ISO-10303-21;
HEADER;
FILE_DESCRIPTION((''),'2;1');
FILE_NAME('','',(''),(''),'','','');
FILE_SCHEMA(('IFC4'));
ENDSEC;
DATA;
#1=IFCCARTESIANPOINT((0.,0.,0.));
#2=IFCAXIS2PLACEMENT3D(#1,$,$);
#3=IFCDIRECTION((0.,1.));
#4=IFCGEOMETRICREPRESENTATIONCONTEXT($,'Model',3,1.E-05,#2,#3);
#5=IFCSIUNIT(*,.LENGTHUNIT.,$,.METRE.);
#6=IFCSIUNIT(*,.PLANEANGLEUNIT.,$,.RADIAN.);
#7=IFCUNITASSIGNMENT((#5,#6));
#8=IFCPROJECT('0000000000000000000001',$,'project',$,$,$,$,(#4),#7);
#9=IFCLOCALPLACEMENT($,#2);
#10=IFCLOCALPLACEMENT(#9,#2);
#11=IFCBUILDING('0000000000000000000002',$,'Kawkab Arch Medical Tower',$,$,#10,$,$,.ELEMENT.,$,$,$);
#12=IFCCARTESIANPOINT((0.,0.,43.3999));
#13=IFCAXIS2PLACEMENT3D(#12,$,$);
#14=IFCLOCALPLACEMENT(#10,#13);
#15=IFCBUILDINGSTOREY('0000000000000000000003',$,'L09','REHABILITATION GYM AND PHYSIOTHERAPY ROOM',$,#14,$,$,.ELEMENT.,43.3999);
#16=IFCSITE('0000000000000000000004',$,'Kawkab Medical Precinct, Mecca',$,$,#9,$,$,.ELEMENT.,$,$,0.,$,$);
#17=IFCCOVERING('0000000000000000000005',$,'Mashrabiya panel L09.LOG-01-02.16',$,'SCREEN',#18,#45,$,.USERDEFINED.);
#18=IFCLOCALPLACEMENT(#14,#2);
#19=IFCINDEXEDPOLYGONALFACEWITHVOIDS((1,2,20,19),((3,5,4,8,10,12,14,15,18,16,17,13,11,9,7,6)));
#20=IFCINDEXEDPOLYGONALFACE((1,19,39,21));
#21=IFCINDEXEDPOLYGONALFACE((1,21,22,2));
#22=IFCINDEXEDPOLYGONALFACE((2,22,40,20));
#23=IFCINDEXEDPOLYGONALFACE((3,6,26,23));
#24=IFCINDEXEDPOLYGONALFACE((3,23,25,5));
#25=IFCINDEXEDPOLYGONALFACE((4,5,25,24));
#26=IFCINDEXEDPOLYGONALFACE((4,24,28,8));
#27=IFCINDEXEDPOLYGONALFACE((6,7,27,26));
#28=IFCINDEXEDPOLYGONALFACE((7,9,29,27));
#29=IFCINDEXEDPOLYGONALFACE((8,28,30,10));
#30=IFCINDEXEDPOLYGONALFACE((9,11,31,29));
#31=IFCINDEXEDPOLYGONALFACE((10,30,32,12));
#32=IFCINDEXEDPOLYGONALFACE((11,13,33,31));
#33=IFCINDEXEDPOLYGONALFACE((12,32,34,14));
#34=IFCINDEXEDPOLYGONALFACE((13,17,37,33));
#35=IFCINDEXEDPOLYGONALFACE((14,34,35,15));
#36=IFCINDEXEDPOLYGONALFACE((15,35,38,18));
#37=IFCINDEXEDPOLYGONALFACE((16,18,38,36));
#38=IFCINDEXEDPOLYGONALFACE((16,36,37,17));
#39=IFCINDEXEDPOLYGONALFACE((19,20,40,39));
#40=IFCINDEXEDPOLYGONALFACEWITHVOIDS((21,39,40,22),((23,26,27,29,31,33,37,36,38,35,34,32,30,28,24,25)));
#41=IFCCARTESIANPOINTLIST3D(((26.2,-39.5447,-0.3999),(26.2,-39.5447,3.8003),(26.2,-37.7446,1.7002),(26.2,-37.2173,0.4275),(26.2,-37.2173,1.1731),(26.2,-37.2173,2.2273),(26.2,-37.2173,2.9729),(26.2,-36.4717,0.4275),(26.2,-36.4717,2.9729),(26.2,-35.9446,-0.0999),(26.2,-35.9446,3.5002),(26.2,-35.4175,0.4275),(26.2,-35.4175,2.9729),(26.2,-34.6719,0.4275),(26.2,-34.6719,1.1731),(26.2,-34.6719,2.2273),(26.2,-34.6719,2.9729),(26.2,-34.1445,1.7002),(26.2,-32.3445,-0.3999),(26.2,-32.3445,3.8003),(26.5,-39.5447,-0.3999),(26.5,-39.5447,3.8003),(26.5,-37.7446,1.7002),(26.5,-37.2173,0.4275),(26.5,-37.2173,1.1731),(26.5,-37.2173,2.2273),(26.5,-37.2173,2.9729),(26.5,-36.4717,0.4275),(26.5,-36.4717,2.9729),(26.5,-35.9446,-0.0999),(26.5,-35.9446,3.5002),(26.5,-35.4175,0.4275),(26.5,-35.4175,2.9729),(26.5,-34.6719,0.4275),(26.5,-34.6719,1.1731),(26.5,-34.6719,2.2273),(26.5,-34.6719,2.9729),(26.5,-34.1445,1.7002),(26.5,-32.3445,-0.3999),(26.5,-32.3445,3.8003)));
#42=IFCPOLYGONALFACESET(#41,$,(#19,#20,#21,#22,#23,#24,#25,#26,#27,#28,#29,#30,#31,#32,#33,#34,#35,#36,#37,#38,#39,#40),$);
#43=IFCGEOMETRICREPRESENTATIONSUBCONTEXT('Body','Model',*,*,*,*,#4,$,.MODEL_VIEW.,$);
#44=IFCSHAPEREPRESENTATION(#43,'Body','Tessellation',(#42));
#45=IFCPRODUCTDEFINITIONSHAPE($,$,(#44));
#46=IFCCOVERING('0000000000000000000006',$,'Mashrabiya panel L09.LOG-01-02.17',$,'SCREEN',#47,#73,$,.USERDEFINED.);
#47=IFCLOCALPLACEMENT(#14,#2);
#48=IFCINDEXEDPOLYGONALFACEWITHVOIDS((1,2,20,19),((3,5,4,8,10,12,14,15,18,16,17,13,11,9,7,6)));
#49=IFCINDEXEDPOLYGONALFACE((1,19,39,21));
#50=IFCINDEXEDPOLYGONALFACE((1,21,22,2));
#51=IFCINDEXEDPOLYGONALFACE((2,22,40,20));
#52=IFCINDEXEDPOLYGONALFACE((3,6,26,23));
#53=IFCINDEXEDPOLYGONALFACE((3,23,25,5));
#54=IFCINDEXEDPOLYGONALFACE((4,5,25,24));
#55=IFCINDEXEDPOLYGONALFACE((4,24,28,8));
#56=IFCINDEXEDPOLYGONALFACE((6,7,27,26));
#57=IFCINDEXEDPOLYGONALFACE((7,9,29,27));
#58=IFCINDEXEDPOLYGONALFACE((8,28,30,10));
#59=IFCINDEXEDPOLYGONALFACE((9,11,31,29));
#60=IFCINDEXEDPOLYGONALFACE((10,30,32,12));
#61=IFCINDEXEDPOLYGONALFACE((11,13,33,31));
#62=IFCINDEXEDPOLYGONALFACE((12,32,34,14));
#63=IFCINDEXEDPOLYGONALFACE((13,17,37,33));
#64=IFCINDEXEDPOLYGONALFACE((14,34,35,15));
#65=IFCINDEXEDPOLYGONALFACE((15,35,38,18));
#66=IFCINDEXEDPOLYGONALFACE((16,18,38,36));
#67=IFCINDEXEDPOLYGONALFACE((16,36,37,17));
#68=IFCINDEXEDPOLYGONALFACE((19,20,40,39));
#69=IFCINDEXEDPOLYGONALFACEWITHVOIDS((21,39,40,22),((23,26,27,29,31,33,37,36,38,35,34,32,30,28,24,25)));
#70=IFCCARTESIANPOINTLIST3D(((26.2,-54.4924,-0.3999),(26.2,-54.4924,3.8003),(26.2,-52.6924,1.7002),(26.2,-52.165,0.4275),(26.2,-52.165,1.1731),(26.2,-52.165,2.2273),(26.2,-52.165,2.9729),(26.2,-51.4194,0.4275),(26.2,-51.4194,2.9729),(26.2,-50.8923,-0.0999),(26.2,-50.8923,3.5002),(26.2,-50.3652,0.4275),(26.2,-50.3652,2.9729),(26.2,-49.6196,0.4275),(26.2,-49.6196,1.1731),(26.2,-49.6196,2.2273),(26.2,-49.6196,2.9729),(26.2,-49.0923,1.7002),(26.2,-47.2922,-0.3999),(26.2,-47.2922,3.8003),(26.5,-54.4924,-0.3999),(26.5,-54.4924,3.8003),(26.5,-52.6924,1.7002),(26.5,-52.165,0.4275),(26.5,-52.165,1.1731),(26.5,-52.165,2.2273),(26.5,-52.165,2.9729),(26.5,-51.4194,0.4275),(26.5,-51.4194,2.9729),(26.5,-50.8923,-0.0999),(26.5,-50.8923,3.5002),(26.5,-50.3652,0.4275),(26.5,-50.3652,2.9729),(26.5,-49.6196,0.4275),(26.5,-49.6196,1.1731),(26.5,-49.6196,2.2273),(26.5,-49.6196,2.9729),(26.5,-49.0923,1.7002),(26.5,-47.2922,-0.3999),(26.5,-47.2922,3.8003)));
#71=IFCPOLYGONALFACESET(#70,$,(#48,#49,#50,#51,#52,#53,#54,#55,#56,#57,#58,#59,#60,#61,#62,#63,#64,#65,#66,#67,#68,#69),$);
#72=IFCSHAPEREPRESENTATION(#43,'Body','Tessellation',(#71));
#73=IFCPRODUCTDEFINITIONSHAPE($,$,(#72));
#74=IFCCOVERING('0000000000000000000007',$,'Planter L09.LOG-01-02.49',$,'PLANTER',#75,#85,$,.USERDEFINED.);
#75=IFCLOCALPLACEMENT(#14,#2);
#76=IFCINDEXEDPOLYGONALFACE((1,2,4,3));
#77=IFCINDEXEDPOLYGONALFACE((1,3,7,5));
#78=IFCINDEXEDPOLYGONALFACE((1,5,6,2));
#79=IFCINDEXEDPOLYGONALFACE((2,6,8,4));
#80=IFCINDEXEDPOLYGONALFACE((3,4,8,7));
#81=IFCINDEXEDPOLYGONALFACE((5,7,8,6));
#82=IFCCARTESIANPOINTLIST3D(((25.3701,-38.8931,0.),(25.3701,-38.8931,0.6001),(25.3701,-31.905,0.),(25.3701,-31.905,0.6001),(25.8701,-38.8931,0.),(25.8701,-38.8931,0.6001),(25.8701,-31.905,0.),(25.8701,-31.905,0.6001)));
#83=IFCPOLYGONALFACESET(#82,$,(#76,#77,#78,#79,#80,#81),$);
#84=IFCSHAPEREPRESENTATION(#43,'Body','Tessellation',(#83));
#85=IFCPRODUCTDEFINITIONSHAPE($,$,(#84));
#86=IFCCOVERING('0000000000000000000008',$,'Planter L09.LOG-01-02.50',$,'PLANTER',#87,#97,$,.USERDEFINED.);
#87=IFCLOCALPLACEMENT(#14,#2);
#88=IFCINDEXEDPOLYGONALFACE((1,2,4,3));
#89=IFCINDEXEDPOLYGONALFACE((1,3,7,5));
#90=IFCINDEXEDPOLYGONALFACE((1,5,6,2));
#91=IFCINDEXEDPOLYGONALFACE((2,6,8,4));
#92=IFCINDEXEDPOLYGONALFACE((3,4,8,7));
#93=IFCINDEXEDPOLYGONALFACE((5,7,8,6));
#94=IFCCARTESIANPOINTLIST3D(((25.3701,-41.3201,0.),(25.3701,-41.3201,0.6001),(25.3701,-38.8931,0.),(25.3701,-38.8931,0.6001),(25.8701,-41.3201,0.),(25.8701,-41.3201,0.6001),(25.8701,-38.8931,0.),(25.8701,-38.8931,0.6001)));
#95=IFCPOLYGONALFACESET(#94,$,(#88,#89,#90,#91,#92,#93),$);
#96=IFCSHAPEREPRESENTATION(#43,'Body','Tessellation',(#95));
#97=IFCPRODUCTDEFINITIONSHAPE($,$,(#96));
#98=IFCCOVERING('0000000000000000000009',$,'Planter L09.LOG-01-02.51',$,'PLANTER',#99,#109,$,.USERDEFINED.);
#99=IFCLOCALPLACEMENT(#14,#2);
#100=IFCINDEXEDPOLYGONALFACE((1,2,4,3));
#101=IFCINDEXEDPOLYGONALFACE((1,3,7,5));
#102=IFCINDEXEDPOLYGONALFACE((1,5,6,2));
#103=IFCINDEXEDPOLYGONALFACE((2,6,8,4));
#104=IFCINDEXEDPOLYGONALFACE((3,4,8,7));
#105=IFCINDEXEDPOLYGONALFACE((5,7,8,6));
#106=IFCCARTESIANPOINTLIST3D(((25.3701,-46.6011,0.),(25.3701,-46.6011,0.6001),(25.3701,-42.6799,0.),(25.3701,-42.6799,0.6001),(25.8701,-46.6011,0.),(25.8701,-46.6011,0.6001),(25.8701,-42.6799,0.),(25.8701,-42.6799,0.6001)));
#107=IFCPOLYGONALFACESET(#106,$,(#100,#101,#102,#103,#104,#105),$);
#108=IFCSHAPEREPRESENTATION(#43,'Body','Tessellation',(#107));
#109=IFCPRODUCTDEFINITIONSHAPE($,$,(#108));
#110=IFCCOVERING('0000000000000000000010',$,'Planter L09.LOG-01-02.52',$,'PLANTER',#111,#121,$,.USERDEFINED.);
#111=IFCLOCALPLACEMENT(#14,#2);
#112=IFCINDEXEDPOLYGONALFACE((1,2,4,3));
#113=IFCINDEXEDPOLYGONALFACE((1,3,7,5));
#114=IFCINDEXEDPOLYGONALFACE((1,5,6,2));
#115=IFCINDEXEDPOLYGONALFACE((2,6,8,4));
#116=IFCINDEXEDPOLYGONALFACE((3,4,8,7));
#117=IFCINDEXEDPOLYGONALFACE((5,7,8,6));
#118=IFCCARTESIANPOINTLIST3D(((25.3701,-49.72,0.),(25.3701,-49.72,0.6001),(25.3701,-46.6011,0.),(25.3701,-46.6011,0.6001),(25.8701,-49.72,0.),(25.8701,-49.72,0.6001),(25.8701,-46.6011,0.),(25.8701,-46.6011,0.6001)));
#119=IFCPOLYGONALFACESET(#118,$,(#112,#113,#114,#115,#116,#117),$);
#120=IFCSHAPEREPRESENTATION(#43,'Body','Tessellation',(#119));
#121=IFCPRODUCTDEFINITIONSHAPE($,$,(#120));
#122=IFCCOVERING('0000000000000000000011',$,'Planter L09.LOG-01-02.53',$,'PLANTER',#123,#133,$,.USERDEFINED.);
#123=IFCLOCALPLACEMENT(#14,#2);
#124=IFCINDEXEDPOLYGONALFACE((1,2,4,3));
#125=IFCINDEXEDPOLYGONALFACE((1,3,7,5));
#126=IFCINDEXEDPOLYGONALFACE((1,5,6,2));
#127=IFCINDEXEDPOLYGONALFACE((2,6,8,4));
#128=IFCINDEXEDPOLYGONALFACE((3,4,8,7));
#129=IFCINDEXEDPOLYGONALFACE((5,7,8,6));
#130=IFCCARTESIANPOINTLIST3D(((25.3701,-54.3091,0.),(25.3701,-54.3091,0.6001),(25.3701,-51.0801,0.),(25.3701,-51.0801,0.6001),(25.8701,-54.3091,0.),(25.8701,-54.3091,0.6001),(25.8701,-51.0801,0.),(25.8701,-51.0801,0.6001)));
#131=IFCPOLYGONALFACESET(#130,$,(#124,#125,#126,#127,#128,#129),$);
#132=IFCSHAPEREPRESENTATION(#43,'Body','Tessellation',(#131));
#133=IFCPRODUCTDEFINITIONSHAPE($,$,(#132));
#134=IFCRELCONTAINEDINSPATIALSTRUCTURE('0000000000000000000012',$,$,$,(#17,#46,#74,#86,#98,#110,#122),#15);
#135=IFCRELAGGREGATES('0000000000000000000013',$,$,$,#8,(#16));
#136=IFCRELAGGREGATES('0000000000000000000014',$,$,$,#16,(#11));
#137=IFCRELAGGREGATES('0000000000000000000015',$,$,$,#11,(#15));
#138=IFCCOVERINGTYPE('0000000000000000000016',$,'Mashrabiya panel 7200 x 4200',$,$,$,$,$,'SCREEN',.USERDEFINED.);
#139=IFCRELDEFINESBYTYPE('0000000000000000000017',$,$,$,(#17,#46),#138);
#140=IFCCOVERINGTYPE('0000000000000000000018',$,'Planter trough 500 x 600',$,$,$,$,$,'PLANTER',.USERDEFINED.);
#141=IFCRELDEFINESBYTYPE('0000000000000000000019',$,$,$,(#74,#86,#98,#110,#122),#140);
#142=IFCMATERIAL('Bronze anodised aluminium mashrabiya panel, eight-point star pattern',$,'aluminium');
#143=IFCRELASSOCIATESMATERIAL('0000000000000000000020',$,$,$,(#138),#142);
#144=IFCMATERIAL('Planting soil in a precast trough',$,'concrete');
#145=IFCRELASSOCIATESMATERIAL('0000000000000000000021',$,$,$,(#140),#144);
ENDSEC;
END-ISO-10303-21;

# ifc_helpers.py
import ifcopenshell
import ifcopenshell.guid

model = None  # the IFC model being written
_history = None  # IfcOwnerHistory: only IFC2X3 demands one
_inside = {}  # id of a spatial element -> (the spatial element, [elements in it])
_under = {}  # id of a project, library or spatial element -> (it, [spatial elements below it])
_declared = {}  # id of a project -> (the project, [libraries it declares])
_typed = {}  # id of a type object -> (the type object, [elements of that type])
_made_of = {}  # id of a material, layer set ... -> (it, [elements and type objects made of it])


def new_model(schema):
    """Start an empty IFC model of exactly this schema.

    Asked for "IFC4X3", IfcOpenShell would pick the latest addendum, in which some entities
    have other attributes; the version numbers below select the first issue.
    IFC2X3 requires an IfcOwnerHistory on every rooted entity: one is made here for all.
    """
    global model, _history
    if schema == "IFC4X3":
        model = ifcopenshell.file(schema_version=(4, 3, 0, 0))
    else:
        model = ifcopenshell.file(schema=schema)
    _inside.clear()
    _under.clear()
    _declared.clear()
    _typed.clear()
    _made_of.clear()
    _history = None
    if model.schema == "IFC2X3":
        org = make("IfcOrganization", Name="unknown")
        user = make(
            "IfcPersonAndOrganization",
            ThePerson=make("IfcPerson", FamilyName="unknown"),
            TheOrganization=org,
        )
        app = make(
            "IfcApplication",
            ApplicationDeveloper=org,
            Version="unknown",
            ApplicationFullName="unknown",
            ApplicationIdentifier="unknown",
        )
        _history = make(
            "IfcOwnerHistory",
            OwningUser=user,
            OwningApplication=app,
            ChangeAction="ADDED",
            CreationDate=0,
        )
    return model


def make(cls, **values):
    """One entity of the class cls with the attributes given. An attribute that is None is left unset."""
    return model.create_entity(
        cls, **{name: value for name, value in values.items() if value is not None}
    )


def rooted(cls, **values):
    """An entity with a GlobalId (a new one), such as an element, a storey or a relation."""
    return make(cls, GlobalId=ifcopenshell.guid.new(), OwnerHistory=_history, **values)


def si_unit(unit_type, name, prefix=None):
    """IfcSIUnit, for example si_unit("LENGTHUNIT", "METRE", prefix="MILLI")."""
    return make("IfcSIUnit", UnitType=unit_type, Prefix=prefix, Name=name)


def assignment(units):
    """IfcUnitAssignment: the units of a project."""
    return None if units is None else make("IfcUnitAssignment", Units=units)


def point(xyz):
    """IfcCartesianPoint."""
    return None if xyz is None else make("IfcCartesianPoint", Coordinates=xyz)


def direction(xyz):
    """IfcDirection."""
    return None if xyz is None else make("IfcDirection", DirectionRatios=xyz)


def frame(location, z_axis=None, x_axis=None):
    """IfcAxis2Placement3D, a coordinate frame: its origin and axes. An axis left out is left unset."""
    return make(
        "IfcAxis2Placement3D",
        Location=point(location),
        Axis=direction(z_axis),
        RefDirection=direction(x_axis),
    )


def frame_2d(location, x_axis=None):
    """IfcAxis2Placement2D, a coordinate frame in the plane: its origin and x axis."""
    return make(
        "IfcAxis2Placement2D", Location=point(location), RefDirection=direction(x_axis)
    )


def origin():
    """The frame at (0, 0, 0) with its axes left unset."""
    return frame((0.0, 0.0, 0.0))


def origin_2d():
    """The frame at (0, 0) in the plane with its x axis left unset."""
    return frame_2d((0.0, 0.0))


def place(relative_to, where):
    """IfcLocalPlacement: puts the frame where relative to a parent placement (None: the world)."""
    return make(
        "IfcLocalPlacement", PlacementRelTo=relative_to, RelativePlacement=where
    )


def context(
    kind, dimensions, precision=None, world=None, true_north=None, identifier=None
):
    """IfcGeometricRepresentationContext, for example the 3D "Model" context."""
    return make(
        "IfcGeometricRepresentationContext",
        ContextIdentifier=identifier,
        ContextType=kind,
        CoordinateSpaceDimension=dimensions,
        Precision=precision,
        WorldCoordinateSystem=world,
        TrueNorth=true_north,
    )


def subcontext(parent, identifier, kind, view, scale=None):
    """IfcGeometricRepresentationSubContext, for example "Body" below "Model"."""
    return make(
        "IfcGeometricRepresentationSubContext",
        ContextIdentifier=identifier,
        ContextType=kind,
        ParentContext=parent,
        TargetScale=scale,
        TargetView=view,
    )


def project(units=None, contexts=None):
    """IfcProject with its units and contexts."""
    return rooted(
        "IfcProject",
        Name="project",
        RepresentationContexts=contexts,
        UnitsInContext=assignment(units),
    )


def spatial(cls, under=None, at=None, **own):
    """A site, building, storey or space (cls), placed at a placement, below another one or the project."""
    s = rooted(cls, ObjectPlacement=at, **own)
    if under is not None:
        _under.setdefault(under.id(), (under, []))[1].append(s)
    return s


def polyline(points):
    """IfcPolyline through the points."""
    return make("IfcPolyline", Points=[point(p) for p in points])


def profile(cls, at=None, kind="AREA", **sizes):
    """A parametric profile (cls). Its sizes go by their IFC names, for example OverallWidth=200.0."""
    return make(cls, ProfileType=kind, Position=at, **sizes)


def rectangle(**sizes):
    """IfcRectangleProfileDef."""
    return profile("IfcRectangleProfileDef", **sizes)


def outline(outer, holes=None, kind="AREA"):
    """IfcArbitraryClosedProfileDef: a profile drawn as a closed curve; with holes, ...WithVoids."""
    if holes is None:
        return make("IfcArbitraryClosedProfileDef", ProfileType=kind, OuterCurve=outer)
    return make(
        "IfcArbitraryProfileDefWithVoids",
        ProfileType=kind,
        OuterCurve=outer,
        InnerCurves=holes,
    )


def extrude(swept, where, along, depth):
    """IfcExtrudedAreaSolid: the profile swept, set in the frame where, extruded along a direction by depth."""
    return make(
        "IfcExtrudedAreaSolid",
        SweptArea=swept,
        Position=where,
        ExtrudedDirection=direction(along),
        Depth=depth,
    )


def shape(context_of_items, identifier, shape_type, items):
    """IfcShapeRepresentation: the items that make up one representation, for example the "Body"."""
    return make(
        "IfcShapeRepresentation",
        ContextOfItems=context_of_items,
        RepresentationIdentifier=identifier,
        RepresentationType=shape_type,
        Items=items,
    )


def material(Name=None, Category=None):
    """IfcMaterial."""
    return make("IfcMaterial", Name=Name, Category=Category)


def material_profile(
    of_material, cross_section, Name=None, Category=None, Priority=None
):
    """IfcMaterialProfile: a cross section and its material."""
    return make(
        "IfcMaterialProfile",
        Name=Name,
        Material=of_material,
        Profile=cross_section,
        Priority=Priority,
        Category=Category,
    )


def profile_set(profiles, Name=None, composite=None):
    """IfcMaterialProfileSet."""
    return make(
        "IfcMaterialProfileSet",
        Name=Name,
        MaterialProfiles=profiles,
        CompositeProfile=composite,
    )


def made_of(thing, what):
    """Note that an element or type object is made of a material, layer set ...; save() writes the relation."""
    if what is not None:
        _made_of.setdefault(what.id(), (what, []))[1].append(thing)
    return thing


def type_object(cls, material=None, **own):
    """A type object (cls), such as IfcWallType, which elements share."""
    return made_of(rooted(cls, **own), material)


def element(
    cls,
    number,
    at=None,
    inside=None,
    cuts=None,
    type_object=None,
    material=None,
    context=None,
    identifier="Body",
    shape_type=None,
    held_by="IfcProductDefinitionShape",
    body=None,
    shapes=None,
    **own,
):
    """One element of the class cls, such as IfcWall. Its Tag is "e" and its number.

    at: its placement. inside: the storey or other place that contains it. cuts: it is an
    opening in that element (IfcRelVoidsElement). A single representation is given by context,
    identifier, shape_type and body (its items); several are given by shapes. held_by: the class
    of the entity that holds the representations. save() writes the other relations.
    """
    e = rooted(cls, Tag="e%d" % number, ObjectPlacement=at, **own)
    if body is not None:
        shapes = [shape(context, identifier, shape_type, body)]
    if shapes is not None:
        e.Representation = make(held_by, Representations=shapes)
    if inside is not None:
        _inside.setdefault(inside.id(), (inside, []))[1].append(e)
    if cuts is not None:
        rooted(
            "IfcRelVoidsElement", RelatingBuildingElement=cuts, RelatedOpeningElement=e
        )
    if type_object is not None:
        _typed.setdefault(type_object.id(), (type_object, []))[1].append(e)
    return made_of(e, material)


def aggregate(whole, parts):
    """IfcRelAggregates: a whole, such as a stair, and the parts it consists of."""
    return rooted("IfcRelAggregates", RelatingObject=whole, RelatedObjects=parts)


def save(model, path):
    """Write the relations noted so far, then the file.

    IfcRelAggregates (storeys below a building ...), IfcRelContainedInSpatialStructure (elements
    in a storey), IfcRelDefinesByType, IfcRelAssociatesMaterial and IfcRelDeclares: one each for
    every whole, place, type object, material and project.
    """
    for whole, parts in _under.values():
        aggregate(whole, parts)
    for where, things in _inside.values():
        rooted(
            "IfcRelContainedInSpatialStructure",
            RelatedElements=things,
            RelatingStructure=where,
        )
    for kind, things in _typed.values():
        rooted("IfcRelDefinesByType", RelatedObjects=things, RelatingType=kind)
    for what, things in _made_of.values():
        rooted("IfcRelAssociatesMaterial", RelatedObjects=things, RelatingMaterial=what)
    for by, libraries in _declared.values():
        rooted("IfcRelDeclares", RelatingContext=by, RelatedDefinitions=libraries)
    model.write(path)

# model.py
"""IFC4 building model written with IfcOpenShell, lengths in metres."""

from ifc_helpers import new_model, si_unit, direction, frame, origin, origin_2d, place, context, subcontext, project, spatial, polyline, rectangle, outline, extrude, material, material_profile, profile_set, type_object, element, save


model = new_model("IFC4")

# Units and contexts
model_context = context("Model", 3, precision=1e-05, world=origin(), true_north=direction((0.0, 1.0)))
body_context = subcontext(model_context, "Body", "Model", "MODEL_VIEW")
ifc_project = project(units=[si_unit("LENGTHUNIT", "METRE"), si_unit("PLANEANGLEUNIT", "RADIAN")], contexts=[model_context])

# Site, building, storey
site_placement = place(None, origin())
site = spatial("IfcSite", under=ifc_project, at=site_placement, Name="Kawkab Medical Precinct, Mecca", CompositionType="ELEMENT", RefElevation=0.0)
building_placement = place(site_placement, origin())
building = spatial("IfcBuilding", under=site, at=building_placement, Name="Kawkab Arch Medical Tower", CompositionType="ELEMENT")
storey_placement = place(building_placement, frame((0.0, 0.0, 43.3999)))
storey = spatial("IfcBuildingStorey", under=building, at=storey_placement, Name="L09", Description="REHABILITATION GYM AND PHYSIOTHERAPY ROOM", CompositionType="ELEMENT", Elevation=43.3999)

# Coverings
ifc_material_1 = material(Name="Bronze anodised aluminium mashrabiya panel, eight-point star pattern", Category="aluminium")
ifc_material_profile_1 = material_profile(ifc_material_1, outline(polyline([(-3.6001, -2.1001), (3.6001, -2.1001), (3.6001, 2.1001), (-3.6001, 2.1001), (-3.6001, -2.1001)]), holes=[polyline([(1.8, 0.0), (1.2727, 0.5271), (1.2727, 1.2727), (0.5271, 1.2727), (0.0, 1.8), (-0.5271, 1.2727), (-1.2727, 1.2727), (-1.2727, 0.5271), (-1.8, 0.0), (-1.2727, -0.5271), (-1.2727, -1.2727), (-0.5271, -1.2727), (0.0, -1.8), (0.5271, -1.2727), (1.2727, -1.2727), (1.2727, -0.5271), (1.8, 0.0)])]), Name="Mashrabiya panel 7200x4200")
ifc_profile_set_1 = profile_set([ifc_material_profile_1], Name="Bronze anodised aluminium mashrabiya panel, eight-point star pattern")
covering_type_1 = type_object("IfcCoveringType", Name="Mashrabiya panel 7200 x 4200", ElementType="SCREEN", PredefinedType="USERDEFINED", material=ifc_profile_set_1)
for number, where, z_axis, x_axis, name in (
    (1, (26.2, -35.9446, 1.7002), (1.0, 0.0, 0.0), (0.0, 1.0, 0.0), "Mashrabiya panel L09.LOG-01-02.16"),
    (2, (26.2, -50.8923, 1.7002), (1.0, 0.0, 0.0), (0.0, 1.0, 0.0), "Mashrabiya panel L09.LOG-01-02.17"),
):
    element("IfcCovering", number, at=place(storey_placement, frame(where, z_axis=z_axis, x_axis=x_axis)), inside=storey, type_object=covering_type_1, Name=name, ObjectType="SCREEN", PredefinedType="USERDEFINED", context=body_context, shape_type="SweptSolid", body=[
        extrude(outline(polyline([(-3.6001, -2.1001), (3.6001, -2.1001), (3.6001, 2.1001), (-3.6001, 2.1001), (-3.6001, -2.1001)]), holes=[polyline([(1.8, 0.0), (1.2727, 0.5271), (1.2727, 1.2727), (0.5271, 1.2727), (0.0, 1.8), (-0.5271, 1.2727), (-1.2727, 1.2727), (-1.2727, 0.5271), (-1.8, 0.0), (-1.2727, -0.5271), (-1.2727, -1.2727), (-0.5271, -1.2727), (0.0, -1.8), (0.5271, -1.2727), (1.2727, -1.2727), (1.2727, -0.5271), (1.8, 0.0)])]), origin(), (0.0, 0.0, 1.0), 0.3),
    ])
ifc_material_2 = material(Name="Planting soil in a precast trough", Category="concrete")
ifc_material_profile_2 = material_profile(ifc_material_2, rectangle(XDim=0.5, YDim=0.6001, at=origin_2d()), Name="Trough 500x600")
ifc_profile_set_2 = profile_set([ifc_material_profile_2], Name="Planting soil in a precast trough")
covering_type_2 = type_object("IfcCoveringType", Name="Planter trough 500 x 600", ElementType="PLANTER", PredefinedType="USERDEFINED", material=ifc_profile_set_2)
covering_1_placement = place(storey_placement, frame((25.6201, -31.905, 0.3), z_axis=(0.0, -1.0, 0.0), x_axis=(1.0, 0.0, 0.0)))
element("IfcCovering", 3, at=covering_1_placement, inside=storey, type_object=covering_type_2, Name="Planter L09.LOG-01-02.49", ObjectType="PLANTER", PredefinedType="USERDEFINED", context=body_context, shape_type="SweptSolid", body=[
    extrude(rectangle(XDim=0.5, YDim=0.6001, at=origin_2d()), origin(), (0.0, 0.0, 1.0), 6.988),
])
covering_2_placement = place(storey_placement, frame((25.6201, -38.8931, 0.3), z_axis=(0.0, -1.0, 0.0), x_axis=(1.0, 0.0, 0.0)))
element("IfcCovering", 4, at=covering_2_placement, inside=storey, type_object=covering_type_2, Name="Planter L09.LOG-01-02.50", ObjectType="PLANTER", PredefinedType="USERDEFINED", context=body_context, shape_type="SweptSolid", body=[
    extrude(rectangle(XDim=0.5, YDim=0.6001, at=origin_2d()), origin(), (0.0, 0.0, 1.0), 2.427),
])
covering_3_placement = place(storey_placement, frame((25.6201, -42.6799, 0.3), z_axis=(0.0, -1.0, 0.0), x_axis=(1.0, 0.0, 0.0)))
element("IfcCovering", 5, at=covering_3_placement, inside=storey, type_object=covering_type_2, Name="Planter L09.LOG-01-02.51", ObjectType="PLANTER", PredefinedType="USERDEFINED", context=body_context, shape_type="SweptSolid", body=[
    extrude(rectangle(XDim=0.5, YDim=0.6001, at=origin_2d()), origin(), (0.0, 0.0, 1.0), 3.9211),
])
covering_4_placement = place(storey_placement, frame((25.6201, -46.6011, 0.3), z_axis=(0.0, -1.0, 0.0), x_axis=(1.0, 0.0, 0.0)))
element("IfcCovering", 6, at=covering_4_placement, inside=storey, type_object=covering_type_2, Name="Planter L09.LOG-01-02.52", ObjectType="PLANTER", PredefinedType="USERDEFINED", context=body_context, shape_type="SweptSolid", body=[
    extrude(rectangle(XDim=0.5, YDim=0.6001, at=origin_2d()), origin(), (0.0, 0.0, 1.0), 3.1189),
])
covering_5_placement = place(storey_placement, frame((25.6201, -51.0801, 0.3), z_axis=(0.0, -1.0, 0.0), x_axis=(1.0, 0.0, 0.0)))
element("IfcCovering", 7, at=covering_5_placement, inside=storey, type_object=covering_type_2, Name="Planter L09.LOG-01-02.53", ObjectType="PLANTER", PredefinedType="USERDEFINED", context=body_context, shape_type="SweptSolid", body=[
    extrude(rectangle(XDim=0.5, YDim=0.6001, at=origin_2d()), origin(), (0.0, 0.0, 1.0), 3.229),
])

save(model, "model.ifc")
